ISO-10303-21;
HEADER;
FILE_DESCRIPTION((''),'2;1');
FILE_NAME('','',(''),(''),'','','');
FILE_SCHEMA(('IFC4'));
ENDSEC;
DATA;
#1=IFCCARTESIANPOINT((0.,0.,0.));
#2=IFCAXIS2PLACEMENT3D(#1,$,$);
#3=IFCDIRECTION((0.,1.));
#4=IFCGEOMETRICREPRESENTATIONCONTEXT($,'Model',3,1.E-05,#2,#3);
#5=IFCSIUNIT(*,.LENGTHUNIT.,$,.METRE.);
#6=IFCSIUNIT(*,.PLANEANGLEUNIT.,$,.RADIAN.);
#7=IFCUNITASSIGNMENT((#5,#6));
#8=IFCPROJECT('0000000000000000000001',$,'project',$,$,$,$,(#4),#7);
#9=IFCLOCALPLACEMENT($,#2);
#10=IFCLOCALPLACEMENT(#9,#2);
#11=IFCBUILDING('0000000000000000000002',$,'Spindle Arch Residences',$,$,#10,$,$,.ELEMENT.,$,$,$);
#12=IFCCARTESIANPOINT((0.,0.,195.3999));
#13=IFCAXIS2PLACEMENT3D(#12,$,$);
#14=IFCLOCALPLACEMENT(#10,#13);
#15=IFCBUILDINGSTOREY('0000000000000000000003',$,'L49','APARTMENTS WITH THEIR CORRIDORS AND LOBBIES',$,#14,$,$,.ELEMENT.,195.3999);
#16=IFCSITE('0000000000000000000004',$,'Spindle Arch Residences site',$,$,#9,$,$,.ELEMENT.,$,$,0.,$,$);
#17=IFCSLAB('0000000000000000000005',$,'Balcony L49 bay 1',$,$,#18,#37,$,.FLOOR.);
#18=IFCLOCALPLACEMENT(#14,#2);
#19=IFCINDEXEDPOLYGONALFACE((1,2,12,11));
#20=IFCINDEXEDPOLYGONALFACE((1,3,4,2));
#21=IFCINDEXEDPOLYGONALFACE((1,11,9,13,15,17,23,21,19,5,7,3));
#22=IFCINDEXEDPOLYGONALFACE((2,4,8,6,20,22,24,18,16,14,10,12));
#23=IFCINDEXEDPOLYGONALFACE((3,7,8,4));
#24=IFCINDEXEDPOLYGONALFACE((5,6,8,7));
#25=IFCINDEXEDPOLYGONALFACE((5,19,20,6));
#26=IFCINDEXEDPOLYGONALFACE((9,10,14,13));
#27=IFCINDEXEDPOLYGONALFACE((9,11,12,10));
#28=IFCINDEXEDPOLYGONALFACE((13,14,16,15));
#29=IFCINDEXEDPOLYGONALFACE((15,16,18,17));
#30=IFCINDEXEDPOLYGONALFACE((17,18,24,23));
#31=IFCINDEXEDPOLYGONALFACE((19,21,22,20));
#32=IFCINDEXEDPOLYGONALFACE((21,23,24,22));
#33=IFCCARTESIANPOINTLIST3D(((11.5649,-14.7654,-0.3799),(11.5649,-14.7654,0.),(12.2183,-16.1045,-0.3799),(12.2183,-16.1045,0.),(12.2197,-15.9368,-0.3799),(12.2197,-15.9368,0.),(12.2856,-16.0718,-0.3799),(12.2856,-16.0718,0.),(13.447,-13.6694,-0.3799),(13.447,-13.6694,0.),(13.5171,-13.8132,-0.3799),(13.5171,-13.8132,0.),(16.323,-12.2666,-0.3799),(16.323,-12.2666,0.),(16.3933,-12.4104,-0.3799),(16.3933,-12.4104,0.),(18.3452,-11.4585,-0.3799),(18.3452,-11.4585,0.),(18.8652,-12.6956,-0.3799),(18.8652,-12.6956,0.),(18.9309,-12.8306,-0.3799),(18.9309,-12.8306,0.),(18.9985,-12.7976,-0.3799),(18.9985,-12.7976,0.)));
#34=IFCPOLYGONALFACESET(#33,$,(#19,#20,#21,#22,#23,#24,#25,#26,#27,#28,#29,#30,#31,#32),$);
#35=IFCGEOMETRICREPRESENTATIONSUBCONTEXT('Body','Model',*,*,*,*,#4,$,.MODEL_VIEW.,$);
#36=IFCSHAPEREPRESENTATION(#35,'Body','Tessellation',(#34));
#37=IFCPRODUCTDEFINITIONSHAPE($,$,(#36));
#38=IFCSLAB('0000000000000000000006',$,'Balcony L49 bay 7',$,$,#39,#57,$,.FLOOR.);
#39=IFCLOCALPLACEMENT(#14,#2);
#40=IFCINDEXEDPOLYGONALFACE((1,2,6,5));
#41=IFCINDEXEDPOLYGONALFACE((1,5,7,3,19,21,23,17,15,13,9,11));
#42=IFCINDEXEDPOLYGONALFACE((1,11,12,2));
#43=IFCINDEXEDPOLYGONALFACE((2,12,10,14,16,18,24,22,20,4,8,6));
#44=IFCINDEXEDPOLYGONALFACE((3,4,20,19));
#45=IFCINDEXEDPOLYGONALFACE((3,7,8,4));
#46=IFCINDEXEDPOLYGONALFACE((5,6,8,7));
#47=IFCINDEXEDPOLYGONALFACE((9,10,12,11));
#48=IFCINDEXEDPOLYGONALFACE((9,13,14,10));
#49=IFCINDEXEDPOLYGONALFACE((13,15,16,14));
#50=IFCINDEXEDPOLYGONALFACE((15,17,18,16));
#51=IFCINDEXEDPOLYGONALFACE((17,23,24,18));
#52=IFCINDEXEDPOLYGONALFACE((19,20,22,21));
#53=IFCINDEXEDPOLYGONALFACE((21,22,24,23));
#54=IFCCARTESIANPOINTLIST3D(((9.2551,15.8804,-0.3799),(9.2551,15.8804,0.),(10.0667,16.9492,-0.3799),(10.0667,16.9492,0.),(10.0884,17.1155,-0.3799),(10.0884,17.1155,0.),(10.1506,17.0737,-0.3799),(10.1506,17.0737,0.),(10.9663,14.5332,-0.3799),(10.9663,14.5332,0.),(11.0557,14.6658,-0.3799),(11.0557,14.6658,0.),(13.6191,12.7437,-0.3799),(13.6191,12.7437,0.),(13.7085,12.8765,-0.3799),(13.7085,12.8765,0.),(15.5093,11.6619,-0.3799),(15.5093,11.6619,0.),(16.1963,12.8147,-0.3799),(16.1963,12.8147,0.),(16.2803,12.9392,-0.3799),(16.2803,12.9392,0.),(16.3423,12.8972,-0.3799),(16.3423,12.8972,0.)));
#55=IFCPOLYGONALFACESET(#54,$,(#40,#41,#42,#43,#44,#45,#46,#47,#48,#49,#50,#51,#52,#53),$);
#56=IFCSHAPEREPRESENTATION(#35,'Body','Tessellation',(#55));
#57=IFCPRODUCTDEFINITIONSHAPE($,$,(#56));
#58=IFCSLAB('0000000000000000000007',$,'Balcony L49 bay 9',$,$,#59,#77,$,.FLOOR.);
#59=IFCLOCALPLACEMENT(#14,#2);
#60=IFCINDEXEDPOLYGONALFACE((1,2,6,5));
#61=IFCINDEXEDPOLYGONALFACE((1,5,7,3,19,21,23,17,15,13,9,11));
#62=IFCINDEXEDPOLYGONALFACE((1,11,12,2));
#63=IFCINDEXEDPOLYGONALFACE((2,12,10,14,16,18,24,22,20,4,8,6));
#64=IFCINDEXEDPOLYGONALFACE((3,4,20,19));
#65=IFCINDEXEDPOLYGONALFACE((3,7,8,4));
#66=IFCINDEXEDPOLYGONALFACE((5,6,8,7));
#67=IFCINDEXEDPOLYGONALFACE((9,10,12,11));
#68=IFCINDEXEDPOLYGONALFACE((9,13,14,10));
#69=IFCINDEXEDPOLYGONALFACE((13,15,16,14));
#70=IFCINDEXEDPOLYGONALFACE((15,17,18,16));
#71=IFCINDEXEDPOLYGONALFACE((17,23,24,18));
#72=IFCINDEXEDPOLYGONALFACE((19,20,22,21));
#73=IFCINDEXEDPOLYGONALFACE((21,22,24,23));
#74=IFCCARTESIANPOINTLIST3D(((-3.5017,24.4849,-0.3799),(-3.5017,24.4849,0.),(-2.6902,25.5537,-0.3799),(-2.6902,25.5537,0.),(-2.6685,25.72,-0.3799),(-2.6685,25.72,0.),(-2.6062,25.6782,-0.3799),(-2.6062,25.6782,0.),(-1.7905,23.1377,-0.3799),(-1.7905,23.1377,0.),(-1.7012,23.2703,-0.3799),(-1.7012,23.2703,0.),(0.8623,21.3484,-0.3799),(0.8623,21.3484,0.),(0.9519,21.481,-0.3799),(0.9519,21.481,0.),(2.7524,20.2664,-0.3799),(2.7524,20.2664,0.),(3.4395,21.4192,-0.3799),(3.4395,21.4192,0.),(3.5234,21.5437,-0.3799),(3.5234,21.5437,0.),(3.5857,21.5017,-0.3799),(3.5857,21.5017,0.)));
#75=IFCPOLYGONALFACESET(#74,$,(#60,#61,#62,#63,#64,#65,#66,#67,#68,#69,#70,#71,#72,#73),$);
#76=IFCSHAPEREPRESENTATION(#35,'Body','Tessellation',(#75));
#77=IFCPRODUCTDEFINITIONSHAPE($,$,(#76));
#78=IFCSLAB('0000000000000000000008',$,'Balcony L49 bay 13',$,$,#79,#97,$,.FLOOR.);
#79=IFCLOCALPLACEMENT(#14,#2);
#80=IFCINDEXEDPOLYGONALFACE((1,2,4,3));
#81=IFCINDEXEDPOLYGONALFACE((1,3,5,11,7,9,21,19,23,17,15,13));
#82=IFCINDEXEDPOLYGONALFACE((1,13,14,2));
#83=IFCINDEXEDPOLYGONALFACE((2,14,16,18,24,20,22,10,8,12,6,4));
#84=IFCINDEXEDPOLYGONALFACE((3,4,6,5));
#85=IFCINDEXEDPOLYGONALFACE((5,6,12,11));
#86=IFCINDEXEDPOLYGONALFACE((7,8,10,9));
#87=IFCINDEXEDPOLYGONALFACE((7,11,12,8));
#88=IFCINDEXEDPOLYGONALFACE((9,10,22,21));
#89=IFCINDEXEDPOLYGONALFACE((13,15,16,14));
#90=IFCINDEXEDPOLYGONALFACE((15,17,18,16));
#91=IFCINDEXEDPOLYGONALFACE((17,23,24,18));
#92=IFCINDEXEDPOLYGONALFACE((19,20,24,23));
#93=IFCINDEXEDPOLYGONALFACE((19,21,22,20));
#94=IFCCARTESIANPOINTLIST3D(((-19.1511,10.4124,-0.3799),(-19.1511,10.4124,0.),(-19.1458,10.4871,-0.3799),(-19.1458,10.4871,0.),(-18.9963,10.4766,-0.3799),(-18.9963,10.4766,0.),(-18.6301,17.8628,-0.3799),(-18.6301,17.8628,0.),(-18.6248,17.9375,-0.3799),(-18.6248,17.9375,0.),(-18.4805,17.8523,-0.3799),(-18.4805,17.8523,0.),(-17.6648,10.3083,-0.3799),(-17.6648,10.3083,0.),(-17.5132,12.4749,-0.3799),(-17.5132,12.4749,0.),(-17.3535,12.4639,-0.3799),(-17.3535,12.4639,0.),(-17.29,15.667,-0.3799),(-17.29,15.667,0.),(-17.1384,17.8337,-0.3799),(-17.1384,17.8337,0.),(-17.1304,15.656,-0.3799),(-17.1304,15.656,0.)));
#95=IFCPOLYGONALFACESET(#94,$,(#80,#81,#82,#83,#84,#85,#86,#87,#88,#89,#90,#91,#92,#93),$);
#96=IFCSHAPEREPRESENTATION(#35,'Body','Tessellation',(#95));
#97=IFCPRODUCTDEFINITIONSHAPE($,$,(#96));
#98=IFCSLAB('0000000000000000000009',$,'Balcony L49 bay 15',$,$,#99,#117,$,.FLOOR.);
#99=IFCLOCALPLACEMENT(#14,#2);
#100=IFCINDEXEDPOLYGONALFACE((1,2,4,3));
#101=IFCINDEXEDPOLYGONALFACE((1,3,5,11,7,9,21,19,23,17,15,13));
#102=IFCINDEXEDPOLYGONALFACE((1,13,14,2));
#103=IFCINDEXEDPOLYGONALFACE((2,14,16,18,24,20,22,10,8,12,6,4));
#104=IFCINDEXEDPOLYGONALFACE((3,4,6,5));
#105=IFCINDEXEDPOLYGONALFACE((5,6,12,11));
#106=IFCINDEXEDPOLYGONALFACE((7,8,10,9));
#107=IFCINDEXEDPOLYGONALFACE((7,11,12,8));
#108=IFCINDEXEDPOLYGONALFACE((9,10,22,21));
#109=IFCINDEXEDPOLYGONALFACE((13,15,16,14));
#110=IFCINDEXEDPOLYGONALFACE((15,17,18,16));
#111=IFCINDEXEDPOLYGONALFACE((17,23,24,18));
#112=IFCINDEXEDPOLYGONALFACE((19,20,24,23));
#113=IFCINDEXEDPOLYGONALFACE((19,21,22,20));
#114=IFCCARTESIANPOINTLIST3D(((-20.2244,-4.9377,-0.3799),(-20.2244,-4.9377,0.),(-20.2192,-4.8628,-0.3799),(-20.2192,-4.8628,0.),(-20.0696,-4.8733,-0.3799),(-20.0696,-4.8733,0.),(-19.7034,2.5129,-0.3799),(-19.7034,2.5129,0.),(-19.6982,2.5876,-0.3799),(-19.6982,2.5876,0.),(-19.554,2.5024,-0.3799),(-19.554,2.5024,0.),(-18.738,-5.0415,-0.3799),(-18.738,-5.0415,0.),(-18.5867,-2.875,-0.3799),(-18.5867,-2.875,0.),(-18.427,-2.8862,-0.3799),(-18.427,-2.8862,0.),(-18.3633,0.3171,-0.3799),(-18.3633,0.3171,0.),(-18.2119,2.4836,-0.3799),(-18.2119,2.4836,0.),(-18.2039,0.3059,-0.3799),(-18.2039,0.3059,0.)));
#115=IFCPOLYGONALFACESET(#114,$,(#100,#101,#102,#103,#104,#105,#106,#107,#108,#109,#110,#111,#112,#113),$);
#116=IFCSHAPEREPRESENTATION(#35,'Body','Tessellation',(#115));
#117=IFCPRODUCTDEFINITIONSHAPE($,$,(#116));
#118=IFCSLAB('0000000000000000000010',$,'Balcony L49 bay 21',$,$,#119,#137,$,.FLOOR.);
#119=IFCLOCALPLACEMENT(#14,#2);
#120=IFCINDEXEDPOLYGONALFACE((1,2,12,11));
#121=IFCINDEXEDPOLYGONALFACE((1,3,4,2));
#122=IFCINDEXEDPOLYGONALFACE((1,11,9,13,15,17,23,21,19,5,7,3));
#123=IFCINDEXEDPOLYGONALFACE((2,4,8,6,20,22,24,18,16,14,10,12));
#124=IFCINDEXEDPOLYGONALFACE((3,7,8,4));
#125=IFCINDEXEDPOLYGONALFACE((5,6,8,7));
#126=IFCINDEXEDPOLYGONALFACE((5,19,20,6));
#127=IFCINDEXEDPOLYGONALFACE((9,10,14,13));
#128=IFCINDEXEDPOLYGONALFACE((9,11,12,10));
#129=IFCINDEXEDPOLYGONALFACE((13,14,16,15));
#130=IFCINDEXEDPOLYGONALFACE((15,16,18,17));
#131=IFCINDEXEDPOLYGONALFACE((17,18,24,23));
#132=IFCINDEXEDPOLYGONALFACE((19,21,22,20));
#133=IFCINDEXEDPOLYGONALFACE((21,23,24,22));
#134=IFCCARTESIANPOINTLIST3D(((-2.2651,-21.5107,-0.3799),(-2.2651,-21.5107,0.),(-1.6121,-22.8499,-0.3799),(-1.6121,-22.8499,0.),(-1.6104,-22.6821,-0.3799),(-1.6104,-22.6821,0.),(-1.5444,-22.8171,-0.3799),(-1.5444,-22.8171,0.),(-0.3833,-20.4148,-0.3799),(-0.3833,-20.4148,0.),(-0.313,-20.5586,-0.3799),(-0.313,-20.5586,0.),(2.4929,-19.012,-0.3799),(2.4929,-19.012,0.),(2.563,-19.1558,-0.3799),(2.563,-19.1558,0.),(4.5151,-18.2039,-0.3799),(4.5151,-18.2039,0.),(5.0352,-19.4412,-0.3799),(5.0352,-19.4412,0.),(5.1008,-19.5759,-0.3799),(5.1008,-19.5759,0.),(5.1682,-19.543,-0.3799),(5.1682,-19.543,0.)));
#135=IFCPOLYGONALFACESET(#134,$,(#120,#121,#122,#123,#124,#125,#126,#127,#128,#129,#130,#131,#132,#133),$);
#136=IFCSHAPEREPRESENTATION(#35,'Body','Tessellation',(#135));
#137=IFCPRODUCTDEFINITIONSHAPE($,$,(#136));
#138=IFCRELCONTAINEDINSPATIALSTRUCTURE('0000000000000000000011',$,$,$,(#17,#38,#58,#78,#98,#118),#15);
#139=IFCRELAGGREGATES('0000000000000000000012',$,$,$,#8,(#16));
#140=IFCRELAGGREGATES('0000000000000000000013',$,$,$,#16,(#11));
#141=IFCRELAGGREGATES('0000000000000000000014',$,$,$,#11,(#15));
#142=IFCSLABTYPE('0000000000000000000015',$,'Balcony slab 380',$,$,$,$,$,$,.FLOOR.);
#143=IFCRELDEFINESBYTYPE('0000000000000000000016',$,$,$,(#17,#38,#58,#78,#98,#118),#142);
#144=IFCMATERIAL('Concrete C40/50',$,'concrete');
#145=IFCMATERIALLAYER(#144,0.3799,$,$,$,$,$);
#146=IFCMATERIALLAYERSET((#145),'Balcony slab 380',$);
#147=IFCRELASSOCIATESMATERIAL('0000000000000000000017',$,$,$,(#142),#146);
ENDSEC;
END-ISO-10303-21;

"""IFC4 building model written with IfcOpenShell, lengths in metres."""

from ifc_helpers import new_model, si_unit, direction, frame, origin, place, context, subcontext, project, spatial, polyline, outline, extrude, material, layer, layer_set, type_object, element, save


model = new_model("IFC4")

# Units and contexts
model_context = context("Model", 3, precision=1e-05, world=origin(), true_north=direction((0.0, 1.0)))
body_context = subcontext(model_context, "Body", "Model", "MODEL_VIEW")
ifc_project = project(units=[si_unit("LENGTHUNIT", "METRE"), si_unit("PLANEANGLEUNIT", "RADIAN")], contexts=[model_context])

# Site, building, storey
site_placement = place(None, origin())
site = spatial("IfcSite", under=ifc_project, at=site_placement, Name="Spindle Arch Residences site", CompositionType="ELEMENT", RefElevation=0.0)
building_placement = place(site_placement, origin())
building = spatial("IfcBuilding", under=site, at=building_placement, Name="Spindle Arch Residences", CompositionType="ELEMENT")
storey_placement = place(building_placement, frame((0.0, 0.0, 195.3999)))
storey = spatial("IfcBuildingStorey", under=building, at=storey_placement, Name="L49", Description="APARTMENTS WITH THEIR CORRIDORS AND LOBBIES", CompositionType="ELEMENT", Elevation=195.3999)

# Slabs
ifc_material_1 = material(Name="Concrete C40/50", Category="concrete")
ifc_layer_1 = layer(ifc_material_1, 0.3799)
ifc_layer_set_1 = layer_set([ifc_layer_1], Name="Balcony slab 380")
slab_type_1 = type_object("IfcSlabType", Name="Balcony slab 380", PredefinedType="FLOOR", material=ifc_layer_set_1)
slab_1_placement = place(storey_placement, frame((0.0, 0.0, -0.3799)))
element("IfcSlab", 1, at=slab_1_placement, inside=storey, type_object=slab_type_1, Name="Balcony L49 bay 1", PredefinedType="FLOOR", context=body_context, shape_type="SweptSolid", body=[
    extrude(outline(polyline([(12.2183, -16.1045), (12.2856, -16.0718), (12.2197, -15.9368), (18.8652, -12.6956), (18.9309, -12.8306), (18.9985, -12.7976), (18.3452, -11.4585), (16.3933, -12.4104), (16.323, -12.2666), (13.447, -13.6694), (13.5171, -13.8132), (11.5649, -14.7654), (12.2183, -16.1045)])), origin(), (0.0, 0.0, 1.0), 0.3799),
])
slab_2_placement = place(storey_placement, frame((0.0, 0.0, -0.3799)))
element("IfcSlab", 2, at=slab_2_placement, inside=storey, type_object=slab_type_1, Name="Balcony L49 bay 7", PredefinedType="FLOOR", context=body_context, shape_type="SweptSolid", body=[
    extrude(outline(polyline([(16.3423, 12.8972), (16.2803, 12.9392), (16.1963, 12.8147), (10.0667, 16.9492), (10.1506, 17.0737), (10.0884, 17.1155), (9.2551, 15.8804), (11.0557, 14.6658), (10.9663, 14.5332), (13.6191, 12.7437), (13.7085, 12.8765), (15.5093, 11.6619), (16.3423, 12.8972)])), origin(), (0.0, 0.0, 1.0), 0.3799),
])
slab_3_placement = place(storey_placement, frame((0.0, 0.0, -0.3799)))
element("IfcSlab", 3, at=slab_3_placement, inside=storey, type_object=slab_type_1, Name="Balcony L49 bay 9", PredefinedType="FLOOR", context=body_context, shape_type="SweptSolid", body=[
    extrude(outline(polyline([(3.5857, 21.5017), (3.5234, 21.5437), (3.4395, 21.4192), (-2.6902, 25.5537), (-2.6062, 25.6782), (-2.6685, 25.72), (-3.5017, 24.4849), (-1.7012, 23.2703), (-1.7905, 23.1377), (0.8623, 21.3484), (0.9519, 21.481), (2.7524, 20.2664), (3.5857, 21.5017)])), origin(), (0.0, 0.0, 1.0), 0.3799),
])
slab_4_placement = place(storey_placement, frame((0.0, 0.0, -0.3799)))
element("IfcSlab", 4, at=slab_4_placement, inside=storey, type_object=slab_type_1, Name="Balcony L49 bay 13", PredefinedType="FLOOR", context=body_context, shape_type="SweptSolid", body=[
    extrude(outline(polyline([(-18.6248, 17.9375), (-18.6301, 17.8628), (-18.4805, 17.8523), (-18.9963, 10.4766), (-19.1458, 10.4871), (-19.1511, 10.4124), (-17.6648, 10.3083), (-17.5132, 12.4749), (-17.3535, 12.4639), (-17.1304, 15.656), (-17.29, 15.667), (-17.1384, 17.8337), (-18.6248, 17.9375)])), origin(), (0.0, 0.0, 1.0), 0.3799),
])
slab_5_placement = place(storey_placement, frame((0.0, 0.0, -0.3799)))
element("IfcSlab", 5, at=slab_5_placement, inside=storey, type_object=slab_type_1, Name="Balcony L49 bay 15", PredefinedType="FLOOR", context=body_context, shape_type="SweptSolid", body=[
    extrude(outline(polyline([(-19.6982, 2.5876), (-19.7034, 2.5129), (-19.554, 2.5024), (-20.0696, -4.8733), (-20.2192, -4.8628), (-20.2244, -4.9377), (-18.738, -5.0415), (-18.5867, -2.875), (-18.427, -2.8862), (-18.2039, 0.3059), (-18.3633, 0.3171), (-18.2119, 2.4836), (-19.6982, 2.5876)])), origin(), (0.0, 0.0, 1.0), 0.3799),
])
slab_6_placement = place(storey_placement, frame((0.0, 0.0, -0.3799)))
element("IfcSlab", 6, at=slab_6_placement, inside=storey, type_object=slab_type_1, Name="Balcony L49 bay 21", PredefinedType="FLOOR", context=body_context, shape_type="SweptSolid", body=[
    extrude(outline(polyline([(-1.6121, -22.8499), (-1.5444, -22.8171), (-1.6104, -22.6821), (5.0352, -19.4412), (5.1008, -19.5759), (5.1682, -19.543), (4.5151, -18.2039), (2.563, -19.1558), (2.4929, -19.012), (-0.3833, -20.4148), (-0.313, -20.5586), (-2.2651, -21.5107), (-1.6121, -22.8499)])), origin(), (0.0, 0.0, 1.0), 0.3799),
])

save(model, "model.ifc")
